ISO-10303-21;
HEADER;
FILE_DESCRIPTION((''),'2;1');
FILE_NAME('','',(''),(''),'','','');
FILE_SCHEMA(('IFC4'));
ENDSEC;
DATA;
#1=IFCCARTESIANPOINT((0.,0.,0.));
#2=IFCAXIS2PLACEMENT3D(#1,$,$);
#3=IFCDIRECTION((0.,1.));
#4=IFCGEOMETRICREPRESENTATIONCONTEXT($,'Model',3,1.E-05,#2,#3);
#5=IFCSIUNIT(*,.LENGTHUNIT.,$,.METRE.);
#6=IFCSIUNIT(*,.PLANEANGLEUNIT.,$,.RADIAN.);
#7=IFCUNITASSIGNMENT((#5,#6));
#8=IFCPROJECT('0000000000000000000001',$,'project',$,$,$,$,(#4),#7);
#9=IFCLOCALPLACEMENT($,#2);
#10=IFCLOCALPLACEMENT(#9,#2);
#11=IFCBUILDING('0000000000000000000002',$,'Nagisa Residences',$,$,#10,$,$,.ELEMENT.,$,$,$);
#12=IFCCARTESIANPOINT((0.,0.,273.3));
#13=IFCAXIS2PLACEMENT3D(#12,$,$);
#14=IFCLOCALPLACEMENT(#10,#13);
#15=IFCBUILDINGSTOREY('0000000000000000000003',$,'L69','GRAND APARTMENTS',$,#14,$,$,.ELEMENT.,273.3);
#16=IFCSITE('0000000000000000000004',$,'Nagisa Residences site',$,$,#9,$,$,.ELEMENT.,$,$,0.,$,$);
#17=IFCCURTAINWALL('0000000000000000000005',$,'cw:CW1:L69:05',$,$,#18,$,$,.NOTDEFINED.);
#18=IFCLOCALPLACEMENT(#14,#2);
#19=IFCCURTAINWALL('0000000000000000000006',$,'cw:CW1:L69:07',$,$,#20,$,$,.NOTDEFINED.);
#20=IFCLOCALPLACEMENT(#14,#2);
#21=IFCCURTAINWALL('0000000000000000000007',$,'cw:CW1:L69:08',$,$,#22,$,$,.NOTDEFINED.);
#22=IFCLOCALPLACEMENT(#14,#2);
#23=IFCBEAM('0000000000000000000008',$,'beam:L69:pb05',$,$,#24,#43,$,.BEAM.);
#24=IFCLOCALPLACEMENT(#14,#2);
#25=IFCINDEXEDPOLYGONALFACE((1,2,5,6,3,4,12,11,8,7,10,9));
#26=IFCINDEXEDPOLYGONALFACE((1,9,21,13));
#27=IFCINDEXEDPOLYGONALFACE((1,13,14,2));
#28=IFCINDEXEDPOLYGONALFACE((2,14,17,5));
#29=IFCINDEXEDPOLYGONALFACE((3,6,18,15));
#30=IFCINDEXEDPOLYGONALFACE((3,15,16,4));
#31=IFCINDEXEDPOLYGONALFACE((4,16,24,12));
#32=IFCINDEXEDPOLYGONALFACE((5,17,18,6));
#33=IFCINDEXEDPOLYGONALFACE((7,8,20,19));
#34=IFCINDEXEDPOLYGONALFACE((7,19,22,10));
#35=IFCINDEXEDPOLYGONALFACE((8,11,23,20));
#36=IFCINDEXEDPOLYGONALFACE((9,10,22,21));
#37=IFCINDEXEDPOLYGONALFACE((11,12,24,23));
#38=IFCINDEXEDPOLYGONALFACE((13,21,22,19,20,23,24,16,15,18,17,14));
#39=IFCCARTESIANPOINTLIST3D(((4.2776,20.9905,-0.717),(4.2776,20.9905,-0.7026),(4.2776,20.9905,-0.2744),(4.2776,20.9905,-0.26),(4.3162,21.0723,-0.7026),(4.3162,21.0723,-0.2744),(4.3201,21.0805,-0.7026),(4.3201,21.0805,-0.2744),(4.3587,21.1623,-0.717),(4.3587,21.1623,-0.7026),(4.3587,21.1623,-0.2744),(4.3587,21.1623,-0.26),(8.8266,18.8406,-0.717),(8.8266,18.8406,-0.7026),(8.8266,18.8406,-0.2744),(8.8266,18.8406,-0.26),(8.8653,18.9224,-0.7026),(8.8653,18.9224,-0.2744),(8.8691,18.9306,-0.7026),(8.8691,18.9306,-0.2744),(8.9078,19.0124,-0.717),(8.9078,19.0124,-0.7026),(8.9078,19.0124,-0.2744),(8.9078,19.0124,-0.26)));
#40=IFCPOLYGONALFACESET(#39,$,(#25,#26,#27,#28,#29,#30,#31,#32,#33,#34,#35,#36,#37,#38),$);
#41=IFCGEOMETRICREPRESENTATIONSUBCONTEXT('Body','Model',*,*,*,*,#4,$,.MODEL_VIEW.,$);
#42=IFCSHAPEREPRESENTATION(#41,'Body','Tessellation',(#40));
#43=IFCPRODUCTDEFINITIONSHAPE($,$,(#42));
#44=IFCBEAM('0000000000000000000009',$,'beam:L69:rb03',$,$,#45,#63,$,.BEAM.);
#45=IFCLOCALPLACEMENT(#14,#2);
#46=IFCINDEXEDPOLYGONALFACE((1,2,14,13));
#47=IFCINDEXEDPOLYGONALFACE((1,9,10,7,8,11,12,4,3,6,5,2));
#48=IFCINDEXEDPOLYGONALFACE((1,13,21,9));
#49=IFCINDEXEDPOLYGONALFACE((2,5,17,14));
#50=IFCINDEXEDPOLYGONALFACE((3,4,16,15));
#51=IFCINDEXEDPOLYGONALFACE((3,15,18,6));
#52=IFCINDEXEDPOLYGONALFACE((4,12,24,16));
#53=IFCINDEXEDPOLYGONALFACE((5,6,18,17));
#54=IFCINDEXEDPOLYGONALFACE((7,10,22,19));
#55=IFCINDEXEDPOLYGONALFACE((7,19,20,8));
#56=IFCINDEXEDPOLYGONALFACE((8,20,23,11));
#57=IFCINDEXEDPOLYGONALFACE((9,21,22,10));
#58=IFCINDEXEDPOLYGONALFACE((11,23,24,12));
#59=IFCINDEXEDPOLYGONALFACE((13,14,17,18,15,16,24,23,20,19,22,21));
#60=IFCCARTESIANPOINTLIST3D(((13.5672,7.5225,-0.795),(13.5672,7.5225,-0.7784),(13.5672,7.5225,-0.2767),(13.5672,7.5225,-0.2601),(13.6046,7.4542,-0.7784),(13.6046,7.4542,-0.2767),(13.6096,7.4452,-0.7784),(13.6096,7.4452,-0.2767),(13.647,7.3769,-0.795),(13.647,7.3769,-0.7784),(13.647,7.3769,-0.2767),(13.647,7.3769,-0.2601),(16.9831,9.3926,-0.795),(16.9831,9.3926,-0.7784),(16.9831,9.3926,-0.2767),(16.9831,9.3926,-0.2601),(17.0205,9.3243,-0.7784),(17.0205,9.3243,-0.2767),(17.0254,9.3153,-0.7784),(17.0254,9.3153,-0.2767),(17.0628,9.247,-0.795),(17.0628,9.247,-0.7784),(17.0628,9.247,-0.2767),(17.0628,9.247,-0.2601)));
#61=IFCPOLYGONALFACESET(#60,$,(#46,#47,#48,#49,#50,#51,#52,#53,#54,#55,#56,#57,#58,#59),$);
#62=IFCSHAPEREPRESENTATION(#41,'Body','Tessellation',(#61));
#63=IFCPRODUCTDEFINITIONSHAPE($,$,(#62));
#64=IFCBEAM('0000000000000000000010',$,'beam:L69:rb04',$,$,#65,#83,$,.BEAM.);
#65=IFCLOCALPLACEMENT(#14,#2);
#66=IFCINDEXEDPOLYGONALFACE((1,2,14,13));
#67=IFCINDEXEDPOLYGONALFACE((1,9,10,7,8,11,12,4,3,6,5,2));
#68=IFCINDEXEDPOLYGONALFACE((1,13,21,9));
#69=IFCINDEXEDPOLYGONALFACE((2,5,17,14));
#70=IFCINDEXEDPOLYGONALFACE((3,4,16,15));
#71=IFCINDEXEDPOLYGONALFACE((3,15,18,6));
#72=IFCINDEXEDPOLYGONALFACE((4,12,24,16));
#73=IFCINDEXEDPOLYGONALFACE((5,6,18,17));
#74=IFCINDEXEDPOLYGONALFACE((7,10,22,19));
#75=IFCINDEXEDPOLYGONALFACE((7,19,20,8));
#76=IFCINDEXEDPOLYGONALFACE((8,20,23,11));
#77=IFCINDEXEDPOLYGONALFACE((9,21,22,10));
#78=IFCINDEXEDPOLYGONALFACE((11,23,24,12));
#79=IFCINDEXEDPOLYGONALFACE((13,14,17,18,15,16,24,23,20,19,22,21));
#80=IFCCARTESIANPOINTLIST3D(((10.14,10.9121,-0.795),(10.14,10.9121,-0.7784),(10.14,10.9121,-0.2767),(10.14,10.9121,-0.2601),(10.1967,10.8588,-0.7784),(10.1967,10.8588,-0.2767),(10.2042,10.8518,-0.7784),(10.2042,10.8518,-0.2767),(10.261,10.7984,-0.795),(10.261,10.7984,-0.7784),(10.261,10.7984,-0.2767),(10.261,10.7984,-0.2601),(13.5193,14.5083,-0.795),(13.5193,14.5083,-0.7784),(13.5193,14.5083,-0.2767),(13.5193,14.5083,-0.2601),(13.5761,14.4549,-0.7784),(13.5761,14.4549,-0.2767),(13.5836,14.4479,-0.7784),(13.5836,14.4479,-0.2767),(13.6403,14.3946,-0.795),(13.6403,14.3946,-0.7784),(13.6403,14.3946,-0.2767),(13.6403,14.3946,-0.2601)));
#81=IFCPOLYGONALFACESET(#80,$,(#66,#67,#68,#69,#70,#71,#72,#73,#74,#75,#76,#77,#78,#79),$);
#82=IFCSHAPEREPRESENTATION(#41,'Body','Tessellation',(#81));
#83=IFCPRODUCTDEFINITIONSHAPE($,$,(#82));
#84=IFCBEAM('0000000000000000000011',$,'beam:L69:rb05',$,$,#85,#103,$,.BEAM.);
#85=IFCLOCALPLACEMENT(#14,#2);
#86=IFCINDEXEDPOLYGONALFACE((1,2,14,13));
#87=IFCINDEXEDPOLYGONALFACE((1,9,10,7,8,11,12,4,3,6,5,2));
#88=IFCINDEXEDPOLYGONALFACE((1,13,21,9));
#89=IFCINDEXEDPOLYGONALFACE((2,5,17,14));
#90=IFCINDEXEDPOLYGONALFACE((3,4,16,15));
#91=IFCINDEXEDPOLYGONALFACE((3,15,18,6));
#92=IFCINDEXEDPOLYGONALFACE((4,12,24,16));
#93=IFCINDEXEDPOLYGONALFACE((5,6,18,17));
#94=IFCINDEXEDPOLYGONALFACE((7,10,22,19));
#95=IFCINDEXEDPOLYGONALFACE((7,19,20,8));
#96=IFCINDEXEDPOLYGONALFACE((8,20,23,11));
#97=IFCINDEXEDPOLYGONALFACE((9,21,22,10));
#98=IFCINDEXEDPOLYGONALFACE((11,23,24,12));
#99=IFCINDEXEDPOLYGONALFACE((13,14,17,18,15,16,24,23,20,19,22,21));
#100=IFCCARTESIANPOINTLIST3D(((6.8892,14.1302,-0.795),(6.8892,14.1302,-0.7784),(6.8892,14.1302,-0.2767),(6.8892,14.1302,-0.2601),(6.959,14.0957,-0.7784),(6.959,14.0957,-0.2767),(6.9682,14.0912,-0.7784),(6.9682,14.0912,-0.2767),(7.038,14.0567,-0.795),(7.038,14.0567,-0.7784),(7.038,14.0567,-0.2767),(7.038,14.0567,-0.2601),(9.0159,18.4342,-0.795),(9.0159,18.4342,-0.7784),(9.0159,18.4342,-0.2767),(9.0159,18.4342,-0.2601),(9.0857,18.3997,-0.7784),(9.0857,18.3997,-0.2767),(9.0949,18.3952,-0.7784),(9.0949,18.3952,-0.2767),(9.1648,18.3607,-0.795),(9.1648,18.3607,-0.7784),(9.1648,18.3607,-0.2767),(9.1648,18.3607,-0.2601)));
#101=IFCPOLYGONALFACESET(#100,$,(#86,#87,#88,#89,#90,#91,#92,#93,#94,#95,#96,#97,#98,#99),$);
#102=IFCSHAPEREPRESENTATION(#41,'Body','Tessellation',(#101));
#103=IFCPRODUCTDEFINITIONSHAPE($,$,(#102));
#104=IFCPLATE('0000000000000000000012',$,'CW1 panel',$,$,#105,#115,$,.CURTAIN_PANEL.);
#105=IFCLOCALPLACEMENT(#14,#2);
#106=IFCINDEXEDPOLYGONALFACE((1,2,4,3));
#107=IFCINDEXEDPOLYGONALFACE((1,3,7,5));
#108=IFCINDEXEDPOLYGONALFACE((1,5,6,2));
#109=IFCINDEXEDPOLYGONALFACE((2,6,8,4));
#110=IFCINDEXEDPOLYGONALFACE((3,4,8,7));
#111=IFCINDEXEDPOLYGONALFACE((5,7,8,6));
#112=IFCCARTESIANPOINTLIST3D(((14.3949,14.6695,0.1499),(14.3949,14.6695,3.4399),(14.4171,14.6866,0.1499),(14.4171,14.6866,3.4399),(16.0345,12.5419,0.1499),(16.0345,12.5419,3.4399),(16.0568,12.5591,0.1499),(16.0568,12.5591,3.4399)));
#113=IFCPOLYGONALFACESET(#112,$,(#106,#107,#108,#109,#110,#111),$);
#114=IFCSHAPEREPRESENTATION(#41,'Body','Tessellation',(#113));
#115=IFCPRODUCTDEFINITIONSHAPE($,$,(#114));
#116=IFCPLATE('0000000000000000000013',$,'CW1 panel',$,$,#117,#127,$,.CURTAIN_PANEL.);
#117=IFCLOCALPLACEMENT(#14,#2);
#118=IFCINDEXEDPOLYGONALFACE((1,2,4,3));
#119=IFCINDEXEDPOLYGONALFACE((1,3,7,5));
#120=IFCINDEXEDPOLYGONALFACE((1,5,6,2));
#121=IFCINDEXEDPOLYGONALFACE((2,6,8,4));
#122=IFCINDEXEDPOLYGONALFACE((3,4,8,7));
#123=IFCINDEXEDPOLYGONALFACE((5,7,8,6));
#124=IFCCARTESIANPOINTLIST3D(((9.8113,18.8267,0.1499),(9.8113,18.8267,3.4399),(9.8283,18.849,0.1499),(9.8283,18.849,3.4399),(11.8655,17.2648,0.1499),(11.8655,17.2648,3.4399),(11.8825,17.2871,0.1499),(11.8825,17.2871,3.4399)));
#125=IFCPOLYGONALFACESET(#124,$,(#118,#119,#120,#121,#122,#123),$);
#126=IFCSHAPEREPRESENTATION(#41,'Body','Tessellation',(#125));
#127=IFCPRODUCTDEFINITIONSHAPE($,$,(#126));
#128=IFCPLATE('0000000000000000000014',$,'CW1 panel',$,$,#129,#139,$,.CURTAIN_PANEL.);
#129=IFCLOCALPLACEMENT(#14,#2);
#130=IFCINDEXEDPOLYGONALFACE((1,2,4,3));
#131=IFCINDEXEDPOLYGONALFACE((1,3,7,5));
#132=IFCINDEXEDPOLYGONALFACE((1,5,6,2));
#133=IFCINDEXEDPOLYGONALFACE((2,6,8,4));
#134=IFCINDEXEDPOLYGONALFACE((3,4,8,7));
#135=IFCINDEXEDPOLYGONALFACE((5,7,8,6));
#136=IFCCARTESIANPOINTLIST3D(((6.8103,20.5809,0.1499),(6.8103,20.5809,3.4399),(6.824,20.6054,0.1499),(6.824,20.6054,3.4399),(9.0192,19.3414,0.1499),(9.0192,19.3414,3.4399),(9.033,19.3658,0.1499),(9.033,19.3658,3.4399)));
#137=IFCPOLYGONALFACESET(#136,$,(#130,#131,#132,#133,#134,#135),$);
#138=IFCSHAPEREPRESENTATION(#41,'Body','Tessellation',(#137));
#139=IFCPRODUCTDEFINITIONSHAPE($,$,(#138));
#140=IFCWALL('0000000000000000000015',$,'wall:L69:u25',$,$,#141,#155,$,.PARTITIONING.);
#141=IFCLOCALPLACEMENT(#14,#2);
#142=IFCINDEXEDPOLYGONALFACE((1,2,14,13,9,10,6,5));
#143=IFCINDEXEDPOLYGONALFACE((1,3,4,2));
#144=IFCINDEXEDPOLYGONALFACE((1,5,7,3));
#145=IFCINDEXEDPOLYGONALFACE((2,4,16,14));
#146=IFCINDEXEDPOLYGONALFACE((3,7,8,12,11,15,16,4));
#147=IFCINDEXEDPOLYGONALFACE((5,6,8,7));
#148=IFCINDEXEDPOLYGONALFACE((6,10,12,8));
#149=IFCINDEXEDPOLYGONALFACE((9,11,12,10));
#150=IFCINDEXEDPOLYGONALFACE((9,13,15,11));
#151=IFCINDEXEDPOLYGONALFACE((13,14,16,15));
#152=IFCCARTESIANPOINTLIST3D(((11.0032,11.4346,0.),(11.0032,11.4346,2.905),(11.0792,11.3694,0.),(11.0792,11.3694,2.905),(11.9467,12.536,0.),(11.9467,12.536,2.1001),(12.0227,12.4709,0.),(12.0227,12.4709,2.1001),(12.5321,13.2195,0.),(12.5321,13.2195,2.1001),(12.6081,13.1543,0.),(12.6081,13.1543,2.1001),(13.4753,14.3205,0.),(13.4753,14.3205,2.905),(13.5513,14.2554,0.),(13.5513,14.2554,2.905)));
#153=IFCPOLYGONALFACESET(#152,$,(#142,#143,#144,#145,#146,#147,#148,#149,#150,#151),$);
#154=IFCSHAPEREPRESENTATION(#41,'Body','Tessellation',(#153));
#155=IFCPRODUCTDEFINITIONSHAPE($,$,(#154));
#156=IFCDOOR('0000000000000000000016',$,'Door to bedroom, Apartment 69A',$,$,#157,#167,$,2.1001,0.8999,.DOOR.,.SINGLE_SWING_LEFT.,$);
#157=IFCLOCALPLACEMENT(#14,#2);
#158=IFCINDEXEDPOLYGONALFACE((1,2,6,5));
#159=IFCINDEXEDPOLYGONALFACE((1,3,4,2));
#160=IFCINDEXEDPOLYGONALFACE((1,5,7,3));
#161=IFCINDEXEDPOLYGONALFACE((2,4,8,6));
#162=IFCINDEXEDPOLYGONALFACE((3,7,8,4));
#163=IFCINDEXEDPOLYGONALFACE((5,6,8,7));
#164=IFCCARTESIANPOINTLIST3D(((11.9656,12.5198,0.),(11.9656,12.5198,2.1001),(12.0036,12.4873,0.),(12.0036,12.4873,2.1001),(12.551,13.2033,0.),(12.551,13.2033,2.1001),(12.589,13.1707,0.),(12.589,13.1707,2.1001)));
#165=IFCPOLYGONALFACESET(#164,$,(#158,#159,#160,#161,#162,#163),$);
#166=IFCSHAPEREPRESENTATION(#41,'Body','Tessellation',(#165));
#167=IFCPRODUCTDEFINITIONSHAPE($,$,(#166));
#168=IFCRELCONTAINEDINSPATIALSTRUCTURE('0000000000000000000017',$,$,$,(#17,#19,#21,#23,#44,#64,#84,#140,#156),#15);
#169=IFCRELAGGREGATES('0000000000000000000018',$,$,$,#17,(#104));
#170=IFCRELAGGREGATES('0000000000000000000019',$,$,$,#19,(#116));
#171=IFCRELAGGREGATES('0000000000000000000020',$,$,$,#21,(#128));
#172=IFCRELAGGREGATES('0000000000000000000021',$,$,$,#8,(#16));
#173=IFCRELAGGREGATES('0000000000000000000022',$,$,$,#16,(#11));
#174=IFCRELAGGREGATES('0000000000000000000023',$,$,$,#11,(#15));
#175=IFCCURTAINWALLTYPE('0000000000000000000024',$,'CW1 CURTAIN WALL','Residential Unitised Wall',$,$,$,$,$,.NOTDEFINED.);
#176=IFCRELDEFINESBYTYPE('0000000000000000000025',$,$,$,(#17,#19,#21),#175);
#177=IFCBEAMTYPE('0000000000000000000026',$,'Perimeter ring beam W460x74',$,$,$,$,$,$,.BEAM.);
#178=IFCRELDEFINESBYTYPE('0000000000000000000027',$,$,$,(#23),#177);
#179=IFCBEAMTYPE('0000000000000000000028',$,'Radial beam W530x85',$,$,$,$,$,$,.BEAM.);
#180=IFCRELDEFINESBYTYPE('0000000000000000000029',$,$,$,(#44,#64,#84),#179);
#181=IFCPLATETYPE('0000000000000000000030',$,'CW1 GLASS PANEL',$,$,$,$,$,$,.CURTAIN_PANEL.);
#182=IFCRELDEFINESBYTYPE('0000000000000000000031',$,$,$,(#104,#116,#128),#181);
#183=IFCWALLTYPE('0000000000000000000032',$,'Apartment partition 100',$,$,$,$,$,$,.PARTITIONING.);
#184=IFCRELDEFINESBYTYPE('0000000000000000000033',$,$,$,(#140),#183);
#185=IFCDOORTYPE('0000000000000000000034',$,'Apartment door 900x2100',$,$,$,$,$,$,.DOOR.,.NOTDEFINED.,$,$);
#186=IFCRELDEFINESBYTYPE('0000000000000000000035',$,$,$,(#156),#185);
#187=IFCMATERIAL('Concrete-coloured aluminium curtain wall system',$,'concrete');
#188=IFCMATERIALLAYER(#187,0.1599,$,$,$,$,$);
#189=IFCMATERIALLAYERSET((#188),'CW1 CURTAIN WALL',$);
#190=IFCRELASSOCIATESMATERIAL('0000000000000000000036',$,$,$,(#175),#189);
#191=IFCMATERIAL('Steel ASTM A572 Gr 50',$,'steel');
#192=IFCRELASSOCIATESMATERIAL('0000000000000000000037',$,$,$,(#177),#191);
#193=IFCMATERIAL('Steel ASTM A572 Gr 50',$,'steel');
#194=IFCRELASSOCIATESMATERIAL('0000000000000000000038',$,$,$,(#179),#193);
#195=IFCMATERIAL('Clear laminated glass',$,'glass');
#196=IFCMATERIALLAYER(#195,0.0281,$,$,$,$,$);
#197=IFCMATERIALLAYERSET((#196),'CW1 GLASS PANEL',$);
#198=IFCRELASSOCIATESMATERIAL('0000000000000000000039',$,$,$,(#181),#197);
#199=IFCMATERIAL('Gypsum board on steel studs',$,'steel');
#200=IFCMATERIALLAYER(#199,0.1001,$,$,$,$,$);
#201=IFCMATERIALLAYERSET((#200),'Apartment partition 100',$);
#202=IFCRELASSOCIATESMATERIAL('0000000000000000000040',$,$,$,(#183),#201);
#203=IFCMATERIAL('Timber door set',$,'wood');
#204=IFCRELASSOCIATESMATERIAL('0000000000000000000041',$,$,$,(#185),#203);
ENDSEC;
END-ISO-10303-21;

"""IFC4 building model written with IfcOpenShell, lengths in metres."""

from ifc_helpers import new_model, si_unit, direction, frame, frame_2d, origin, origin_2d, place, context, subcontext, project, spatial, rectangle, i_section, extrude, material, layer, layer_set, material_profile, profile_set, type_object, element, fill, aggregate, save


model = new_model("IFC4")

# Units and contexts
model_context = context("Model", 3, precision=1e-05, world=origin(), true_north=direction((0.0, 1.0)))
body_context = subcontext(model_context, "Body", "Model", "MODEL_VIEW")
ifc_project = project(units=[si_unit("LENGTHUNIT", "METRE"), si_unit("PLANEANGLEUNIT", "RADIAN")], contexts=[model_context])

# Site, building, storey
site_placement = place(None, origin())
site = spatial("IfcSite", under=ifc_project, at=site_placement, Name="Nagisa Residences site", CompositionType="ELEMENT", RefElevation=0.0)
building_placement = place(site_placement, origin())
building = spatial("IfcBuilding", under=site, at=building_placement, Name="Nagisa Residences", CompositionType="ELEMENT")
storey_placement = place(building_placement, frame((0.0, 0.0, 273.3)))
storey = spatial("IfcBuildingStorey", under=building, at=storey_placement, Name="L69", Description="GRAND APARTMENTS", CompositionType="ELEMENT", Elevation=273.3)

# Curtain walls
ifc_material_1 = material(Name="Concrete-coloured aluminium curtain wall system", Category="concrete")
ifc_layer_1 = layer(ifc_material_1, 0.1599)
ifc_layer_set_1 = layer_set([ifc_layer_1], Name="CW1 CURTAIN WALL")
curtain_wall_type = type_object("IfcCurtainWallType", Name="CW1 CURTAIN WALL", Description="Residential Unitised Wall", PredefinedType="NOTDEFINED", material=ifc_layer_set_1)
curtain_wall_1_placement = place(storey_placement, origin())
curtain_wall_1 = element("IfcCurtainWall", 1, at=curtain_wall_1_placement, inside=storey, type_object=curtain_wall_type, Name="cw:CW1:L69:05", PredefinedType="NOTDEFINED")
curtain_wall_2_placement = place(storey_placement, origin())
curtain_wall_2 = element("IfcCurtainWall", 2, at=curtain_wall_2_placement, inside=storey, type_object=curtain_wall_type, Name="cw:CW1:L69:07", PredefinedType="NOTDEFINED")
curtain_wall_3_placement = place(storey_placement, origin())
curtain_wall_3 = element("IfcCurtainWall", 3, at=curtain_wall_3_placement, inside=storey, type_object=curtain_wall_type, Name="cw:CW1:L69:08", PredefinedType="NOTDEFINED")

# Beams
ifc_material_2 = material(Name="Steel ASTM A572 Gr 50", Category="steel")
ifc_material_profile_1 = material_profile(ifc_material_2, i_section(OverallWidth=0.1899, OverallDepth=0.457, WebThickness=0.009, FlangeThickness=0.0144, at=origin_2d()), Name="W460x74")
ifc_profile_set_1 = profile_set([ifc_material_profile_1], Name="Steel ASTM A572 Gr 50")
beam_type_1 = type_object("IfcBeamType", Name="Perimeter ring beam W460x74", PredefinedType="BEAM", material=ifc_profile_set_1)
beam_1_placement = place(storey_placement, frame((8.8672, 18.9265, -0.4885), z_axis=(-0.904116, 0.427287, 0.0), x_axis=(-0.427287, -0.904116, 0.0)))
element("IfcBeam", 4, at=beam_1_placement, inside=storey, type_object=beam_type_1, Name="beam:L69:pb05", PredefinedType="BEAM", context=body_context, shape_type="SweptSolid", body=[
    extrude(i_section(OverallWidth=0.1899, OverallDepth=0.457, WebThickness=0.009, FlangeThickness=0.0144, at=origin_2d()), origin(), (0.0, 0.0, 1.0), 5.0315),
])
ifc_material_3 = material(Name="Steel ASTM A572 Gr 50", Category="steel")
ifc_material_profile_2 = material_profile(ifc_material_3, i_section(OverallWidth=0.166, OverallDepth=0.5349, WebThickness=0.0103, FlangeThickness=0.0166, at=origin_2d()), Name="W530x85")
ifc_profile_set_2 = profile_set([ifc_material_profile_2], Name="Steel ASTM A572 Gr 50")
beam_type_2 = type_object("IfcBeamType", Name="Radial beam W530x85", PredefinedType="BEAM", material=ifc_profile_set_2)
beam_2_placement = place(storey_placement, frame((17.0229, 9.3198, -0.5276), z_axis=(-0.877142, -0.480231, 0.0), x_axis=(0.480231, -0.877142, 0.0)))
element("IfcBeam", 5, at=beam_2_placement, inside=storey, type_object=beam_type_2, Name="beam:L69:rb03", PredefinedType="BEAM", context=body_context, shape_type="SweptSolid", body=[
    extrude(i_section(OverallWidth=0.166, OverallDepth=0.5349, WebThickness=0.0103, FlangeThickness=0.0166, at=origin_2d()), origin(), (0.0, 0.0, 1.0), 3.8943),
])
beam_3_placement = place(storey_placement, frame((13.5798, 14.4514, -0.5276), z_axis=(-0.6848, -0.728731, 0.0), x_axis=(0.728731, -0.6848, 0.0)))
element("IfcBeam", 6, at=beam_3_placement, inside=storey, type_object=beam_type_2, Name="beam:L69:rb04", PredefinedType="BEAM", context=body_context, shape_type="SweptSolid", body=[
    extrude(i_section(OverallWidth=0.166, OverallDepth=0.5349, WebThickness=0.0103, FlangeThickness=0.0166, at=origin_2d()), origin(), (0.0, 0.0, 1.0), 4.9348),
])
beam_4_placement = place(storey_placement, frame((9.0903, 18.3975, -0.5276), z_axis=(-0.442998, -0.896523, 0.0), x_axis=(0.896523, -0.442998, 0.0)))
element("IfcBeam", 7, at=beam_4_placement, inside=storey, type_object=beam_type_2, Name="beam:L69:rb05", PredefinedType="BEAM", context=body_context, shape_type="SweptSolid", body=[
    extrude(i_section(OverallWidth=0.166, OverallDepth=0.5349, WebThickness=0.0103, FlangeThickness=0.0166, at=origin_2d()), origin(), (0.0, 0.0, 1.0), 4.8008),
])

# Plates
ifc_material_4 = material(Name="Clear laminated glass", Category="glass")
ifc_layer_2 = layer(ifc_material_4, 0.0281)
ifc_layer_set_2 = layer_set([ifc_layer_2], Name="CW1 GLASS PANEL")
plate_type = type_object("IfcPlateType", Name="CW1 GLASS PANEL", PredefinedType="CURTAIN_PANEL", material=ifc_layer_set_2)
plate_1_placement = place(storey_placement, frame((15.2258, 13.6143, 0.1499), z_axis=(0.0, 0.0, 1.0), x_axis=(-0.61043, 0.79207, 0.0)))
plate_1 = element("IfcPlate", 8, at=plate_1_placement, type_object=plate_type, Name="CW1 panel", PredefinedType="CURTAIN_PANEL", context=body_context, shape_type="SweptSolid", body=[
    extrude(rectangle(XDim=2.686, YDim=0.0281, at=origin_2d()), origin(), (0.0, 0.0, 1.0), 3.29),
])
aggregate(curtain_wall_1, [plate_1])
plate_2_placement = place(storey_placement, frame((10.8469, 18.0569, 0.1499), z_axis=(0.0, 0.0, 1.0), x_axis=(-0.796031, 0.605255, 0.0)))
plate_2 = element("IfcPlate", 9, at=plate_2_placement, type_object=plate_type, Name="CW1 panel", PredefinedType="CURTAIN_PANEL", context=body_context, shape_type="SweptSolid", body=[
    extrude(rectangle(XDim=2.5806, YDim=0.0281, at=origin_2d()), origin(), (0.0, 0.0, 1.0), 3.29),
])
aggregate(curtain_wall_2, [plate_2])
plate_3_placement = place(storey_placement, frame((7.9216, 19.9734, 0.1499), z_axis=(0.0, 0.0, 1.0), x_axis=(-0.872072, 0.489377, 0.0)))
plate_3 = element("IfcPlate", 10, at=plate_3_placement, type_object=plate_type, Name="CW1 panel", PredefinedType="CURTAIN_PANEL", context=body_context, shape_type="SweptSolid", body=[
    extrude(rectangle(XDim=2.533, YDim=0.0281, at=origin_2d()), origin(), (0.0, 0.0, 1.0), 3.29),
])
aggregate(curtain_wall_3, [plate_3])

# Wall, opening, door
ifc_material_5 = material(Name="Gypsum board on steel studs", Category="steel")
ifc_layer_3 = layer(ifc_material_5, 0.1001)
ifc_layer_set_3 = layer_set([ifc_layer_3], Name="Apartment partition 100")
wall_type_1 = type_object("IfcWallType", Name="Apartment partition 100", PredefinedType="PARTITIONING", material=ifc_layer_set_3)
wall_1_placement = place(storey_placement, frame((11.0413, 11.4021, 0.0), z_axis=(0.0, 0.0, 1.0), x_axis=(0.650559, 0.759456, 0.0)))
wall_1 = element("IfcWall", 11, at=wall_1_placement, inside=storey, type_object=wall_type_1, Name="wall:L69:u25", PredefinedType="PARTITIONING", context=body_context, shape_type="SweptSolid", body=[
    extrude(rectangle(XDim=3.8, YDim=0.1001, at=frame_2d((1.8999, 0.0))), origin(), (0.0, 0.0, 1.0), 2.905),
])
opening_1_placement = place(wall_1_placement, frame((1.4502, 0.0, 0.0)))
opening_1 = element("IfcOpeningElement", 12, at=opening_1_placement, cuts=wall_1, PredefinedType="OPENING", context=body_context, shape_type="SweptSolid", body=[
    extrude(rectangle(XDim=0.8999, YDim=2.1001, at=frame_2d((0.45, 1.05))), frame((0.0, 0.0601, 0.0), z_axis=(0.0, -1.0, 0.0), x_axis=(1.0, 0.0, 0.0)), (0.0, 0.0, 1.0), 0.1201),
])
ifc_material_6 = material(Name="Timber door set", Category="wood")
door_type_1 = type_object("IfcDoorType", Name="Apartment door 900x2100", OperationType="NOTDEFINED", PredefinedType="DOOR", material=ifc_material_6)
door_1_placement = place(opening_1_placement, frame((0.8999, 0.0, 0.0), x_axis=(-1.0, 0.0, 0.0)))
door_1 = element("IfcDoor", 13, at=door_1_placement, inside=storey, type_object=door_type_1, Name="Door to bedroom, Apartment 69A", OperationType="SINGLE_SWING_LEFT", OverallHeight=2.1001, OverallWidth=0.8999, PredefinedType="DOOR", context=body_context, shape_type="SweptSolid", body=[
    extrude(rectangle(XDim=0.8999, YDim=2.1001, at=frame_2d((0.45, 1.05))), frame((0.0, 0.0249, 0.0), z_axis=(0.0, -1.0, 0.0), x_axis=(1.0, 0.0, 0.0)), (0.0, 0.0, 1.0), 0.05),
])
fill(opening_1, door_1)

save(model, "model.ifc")
